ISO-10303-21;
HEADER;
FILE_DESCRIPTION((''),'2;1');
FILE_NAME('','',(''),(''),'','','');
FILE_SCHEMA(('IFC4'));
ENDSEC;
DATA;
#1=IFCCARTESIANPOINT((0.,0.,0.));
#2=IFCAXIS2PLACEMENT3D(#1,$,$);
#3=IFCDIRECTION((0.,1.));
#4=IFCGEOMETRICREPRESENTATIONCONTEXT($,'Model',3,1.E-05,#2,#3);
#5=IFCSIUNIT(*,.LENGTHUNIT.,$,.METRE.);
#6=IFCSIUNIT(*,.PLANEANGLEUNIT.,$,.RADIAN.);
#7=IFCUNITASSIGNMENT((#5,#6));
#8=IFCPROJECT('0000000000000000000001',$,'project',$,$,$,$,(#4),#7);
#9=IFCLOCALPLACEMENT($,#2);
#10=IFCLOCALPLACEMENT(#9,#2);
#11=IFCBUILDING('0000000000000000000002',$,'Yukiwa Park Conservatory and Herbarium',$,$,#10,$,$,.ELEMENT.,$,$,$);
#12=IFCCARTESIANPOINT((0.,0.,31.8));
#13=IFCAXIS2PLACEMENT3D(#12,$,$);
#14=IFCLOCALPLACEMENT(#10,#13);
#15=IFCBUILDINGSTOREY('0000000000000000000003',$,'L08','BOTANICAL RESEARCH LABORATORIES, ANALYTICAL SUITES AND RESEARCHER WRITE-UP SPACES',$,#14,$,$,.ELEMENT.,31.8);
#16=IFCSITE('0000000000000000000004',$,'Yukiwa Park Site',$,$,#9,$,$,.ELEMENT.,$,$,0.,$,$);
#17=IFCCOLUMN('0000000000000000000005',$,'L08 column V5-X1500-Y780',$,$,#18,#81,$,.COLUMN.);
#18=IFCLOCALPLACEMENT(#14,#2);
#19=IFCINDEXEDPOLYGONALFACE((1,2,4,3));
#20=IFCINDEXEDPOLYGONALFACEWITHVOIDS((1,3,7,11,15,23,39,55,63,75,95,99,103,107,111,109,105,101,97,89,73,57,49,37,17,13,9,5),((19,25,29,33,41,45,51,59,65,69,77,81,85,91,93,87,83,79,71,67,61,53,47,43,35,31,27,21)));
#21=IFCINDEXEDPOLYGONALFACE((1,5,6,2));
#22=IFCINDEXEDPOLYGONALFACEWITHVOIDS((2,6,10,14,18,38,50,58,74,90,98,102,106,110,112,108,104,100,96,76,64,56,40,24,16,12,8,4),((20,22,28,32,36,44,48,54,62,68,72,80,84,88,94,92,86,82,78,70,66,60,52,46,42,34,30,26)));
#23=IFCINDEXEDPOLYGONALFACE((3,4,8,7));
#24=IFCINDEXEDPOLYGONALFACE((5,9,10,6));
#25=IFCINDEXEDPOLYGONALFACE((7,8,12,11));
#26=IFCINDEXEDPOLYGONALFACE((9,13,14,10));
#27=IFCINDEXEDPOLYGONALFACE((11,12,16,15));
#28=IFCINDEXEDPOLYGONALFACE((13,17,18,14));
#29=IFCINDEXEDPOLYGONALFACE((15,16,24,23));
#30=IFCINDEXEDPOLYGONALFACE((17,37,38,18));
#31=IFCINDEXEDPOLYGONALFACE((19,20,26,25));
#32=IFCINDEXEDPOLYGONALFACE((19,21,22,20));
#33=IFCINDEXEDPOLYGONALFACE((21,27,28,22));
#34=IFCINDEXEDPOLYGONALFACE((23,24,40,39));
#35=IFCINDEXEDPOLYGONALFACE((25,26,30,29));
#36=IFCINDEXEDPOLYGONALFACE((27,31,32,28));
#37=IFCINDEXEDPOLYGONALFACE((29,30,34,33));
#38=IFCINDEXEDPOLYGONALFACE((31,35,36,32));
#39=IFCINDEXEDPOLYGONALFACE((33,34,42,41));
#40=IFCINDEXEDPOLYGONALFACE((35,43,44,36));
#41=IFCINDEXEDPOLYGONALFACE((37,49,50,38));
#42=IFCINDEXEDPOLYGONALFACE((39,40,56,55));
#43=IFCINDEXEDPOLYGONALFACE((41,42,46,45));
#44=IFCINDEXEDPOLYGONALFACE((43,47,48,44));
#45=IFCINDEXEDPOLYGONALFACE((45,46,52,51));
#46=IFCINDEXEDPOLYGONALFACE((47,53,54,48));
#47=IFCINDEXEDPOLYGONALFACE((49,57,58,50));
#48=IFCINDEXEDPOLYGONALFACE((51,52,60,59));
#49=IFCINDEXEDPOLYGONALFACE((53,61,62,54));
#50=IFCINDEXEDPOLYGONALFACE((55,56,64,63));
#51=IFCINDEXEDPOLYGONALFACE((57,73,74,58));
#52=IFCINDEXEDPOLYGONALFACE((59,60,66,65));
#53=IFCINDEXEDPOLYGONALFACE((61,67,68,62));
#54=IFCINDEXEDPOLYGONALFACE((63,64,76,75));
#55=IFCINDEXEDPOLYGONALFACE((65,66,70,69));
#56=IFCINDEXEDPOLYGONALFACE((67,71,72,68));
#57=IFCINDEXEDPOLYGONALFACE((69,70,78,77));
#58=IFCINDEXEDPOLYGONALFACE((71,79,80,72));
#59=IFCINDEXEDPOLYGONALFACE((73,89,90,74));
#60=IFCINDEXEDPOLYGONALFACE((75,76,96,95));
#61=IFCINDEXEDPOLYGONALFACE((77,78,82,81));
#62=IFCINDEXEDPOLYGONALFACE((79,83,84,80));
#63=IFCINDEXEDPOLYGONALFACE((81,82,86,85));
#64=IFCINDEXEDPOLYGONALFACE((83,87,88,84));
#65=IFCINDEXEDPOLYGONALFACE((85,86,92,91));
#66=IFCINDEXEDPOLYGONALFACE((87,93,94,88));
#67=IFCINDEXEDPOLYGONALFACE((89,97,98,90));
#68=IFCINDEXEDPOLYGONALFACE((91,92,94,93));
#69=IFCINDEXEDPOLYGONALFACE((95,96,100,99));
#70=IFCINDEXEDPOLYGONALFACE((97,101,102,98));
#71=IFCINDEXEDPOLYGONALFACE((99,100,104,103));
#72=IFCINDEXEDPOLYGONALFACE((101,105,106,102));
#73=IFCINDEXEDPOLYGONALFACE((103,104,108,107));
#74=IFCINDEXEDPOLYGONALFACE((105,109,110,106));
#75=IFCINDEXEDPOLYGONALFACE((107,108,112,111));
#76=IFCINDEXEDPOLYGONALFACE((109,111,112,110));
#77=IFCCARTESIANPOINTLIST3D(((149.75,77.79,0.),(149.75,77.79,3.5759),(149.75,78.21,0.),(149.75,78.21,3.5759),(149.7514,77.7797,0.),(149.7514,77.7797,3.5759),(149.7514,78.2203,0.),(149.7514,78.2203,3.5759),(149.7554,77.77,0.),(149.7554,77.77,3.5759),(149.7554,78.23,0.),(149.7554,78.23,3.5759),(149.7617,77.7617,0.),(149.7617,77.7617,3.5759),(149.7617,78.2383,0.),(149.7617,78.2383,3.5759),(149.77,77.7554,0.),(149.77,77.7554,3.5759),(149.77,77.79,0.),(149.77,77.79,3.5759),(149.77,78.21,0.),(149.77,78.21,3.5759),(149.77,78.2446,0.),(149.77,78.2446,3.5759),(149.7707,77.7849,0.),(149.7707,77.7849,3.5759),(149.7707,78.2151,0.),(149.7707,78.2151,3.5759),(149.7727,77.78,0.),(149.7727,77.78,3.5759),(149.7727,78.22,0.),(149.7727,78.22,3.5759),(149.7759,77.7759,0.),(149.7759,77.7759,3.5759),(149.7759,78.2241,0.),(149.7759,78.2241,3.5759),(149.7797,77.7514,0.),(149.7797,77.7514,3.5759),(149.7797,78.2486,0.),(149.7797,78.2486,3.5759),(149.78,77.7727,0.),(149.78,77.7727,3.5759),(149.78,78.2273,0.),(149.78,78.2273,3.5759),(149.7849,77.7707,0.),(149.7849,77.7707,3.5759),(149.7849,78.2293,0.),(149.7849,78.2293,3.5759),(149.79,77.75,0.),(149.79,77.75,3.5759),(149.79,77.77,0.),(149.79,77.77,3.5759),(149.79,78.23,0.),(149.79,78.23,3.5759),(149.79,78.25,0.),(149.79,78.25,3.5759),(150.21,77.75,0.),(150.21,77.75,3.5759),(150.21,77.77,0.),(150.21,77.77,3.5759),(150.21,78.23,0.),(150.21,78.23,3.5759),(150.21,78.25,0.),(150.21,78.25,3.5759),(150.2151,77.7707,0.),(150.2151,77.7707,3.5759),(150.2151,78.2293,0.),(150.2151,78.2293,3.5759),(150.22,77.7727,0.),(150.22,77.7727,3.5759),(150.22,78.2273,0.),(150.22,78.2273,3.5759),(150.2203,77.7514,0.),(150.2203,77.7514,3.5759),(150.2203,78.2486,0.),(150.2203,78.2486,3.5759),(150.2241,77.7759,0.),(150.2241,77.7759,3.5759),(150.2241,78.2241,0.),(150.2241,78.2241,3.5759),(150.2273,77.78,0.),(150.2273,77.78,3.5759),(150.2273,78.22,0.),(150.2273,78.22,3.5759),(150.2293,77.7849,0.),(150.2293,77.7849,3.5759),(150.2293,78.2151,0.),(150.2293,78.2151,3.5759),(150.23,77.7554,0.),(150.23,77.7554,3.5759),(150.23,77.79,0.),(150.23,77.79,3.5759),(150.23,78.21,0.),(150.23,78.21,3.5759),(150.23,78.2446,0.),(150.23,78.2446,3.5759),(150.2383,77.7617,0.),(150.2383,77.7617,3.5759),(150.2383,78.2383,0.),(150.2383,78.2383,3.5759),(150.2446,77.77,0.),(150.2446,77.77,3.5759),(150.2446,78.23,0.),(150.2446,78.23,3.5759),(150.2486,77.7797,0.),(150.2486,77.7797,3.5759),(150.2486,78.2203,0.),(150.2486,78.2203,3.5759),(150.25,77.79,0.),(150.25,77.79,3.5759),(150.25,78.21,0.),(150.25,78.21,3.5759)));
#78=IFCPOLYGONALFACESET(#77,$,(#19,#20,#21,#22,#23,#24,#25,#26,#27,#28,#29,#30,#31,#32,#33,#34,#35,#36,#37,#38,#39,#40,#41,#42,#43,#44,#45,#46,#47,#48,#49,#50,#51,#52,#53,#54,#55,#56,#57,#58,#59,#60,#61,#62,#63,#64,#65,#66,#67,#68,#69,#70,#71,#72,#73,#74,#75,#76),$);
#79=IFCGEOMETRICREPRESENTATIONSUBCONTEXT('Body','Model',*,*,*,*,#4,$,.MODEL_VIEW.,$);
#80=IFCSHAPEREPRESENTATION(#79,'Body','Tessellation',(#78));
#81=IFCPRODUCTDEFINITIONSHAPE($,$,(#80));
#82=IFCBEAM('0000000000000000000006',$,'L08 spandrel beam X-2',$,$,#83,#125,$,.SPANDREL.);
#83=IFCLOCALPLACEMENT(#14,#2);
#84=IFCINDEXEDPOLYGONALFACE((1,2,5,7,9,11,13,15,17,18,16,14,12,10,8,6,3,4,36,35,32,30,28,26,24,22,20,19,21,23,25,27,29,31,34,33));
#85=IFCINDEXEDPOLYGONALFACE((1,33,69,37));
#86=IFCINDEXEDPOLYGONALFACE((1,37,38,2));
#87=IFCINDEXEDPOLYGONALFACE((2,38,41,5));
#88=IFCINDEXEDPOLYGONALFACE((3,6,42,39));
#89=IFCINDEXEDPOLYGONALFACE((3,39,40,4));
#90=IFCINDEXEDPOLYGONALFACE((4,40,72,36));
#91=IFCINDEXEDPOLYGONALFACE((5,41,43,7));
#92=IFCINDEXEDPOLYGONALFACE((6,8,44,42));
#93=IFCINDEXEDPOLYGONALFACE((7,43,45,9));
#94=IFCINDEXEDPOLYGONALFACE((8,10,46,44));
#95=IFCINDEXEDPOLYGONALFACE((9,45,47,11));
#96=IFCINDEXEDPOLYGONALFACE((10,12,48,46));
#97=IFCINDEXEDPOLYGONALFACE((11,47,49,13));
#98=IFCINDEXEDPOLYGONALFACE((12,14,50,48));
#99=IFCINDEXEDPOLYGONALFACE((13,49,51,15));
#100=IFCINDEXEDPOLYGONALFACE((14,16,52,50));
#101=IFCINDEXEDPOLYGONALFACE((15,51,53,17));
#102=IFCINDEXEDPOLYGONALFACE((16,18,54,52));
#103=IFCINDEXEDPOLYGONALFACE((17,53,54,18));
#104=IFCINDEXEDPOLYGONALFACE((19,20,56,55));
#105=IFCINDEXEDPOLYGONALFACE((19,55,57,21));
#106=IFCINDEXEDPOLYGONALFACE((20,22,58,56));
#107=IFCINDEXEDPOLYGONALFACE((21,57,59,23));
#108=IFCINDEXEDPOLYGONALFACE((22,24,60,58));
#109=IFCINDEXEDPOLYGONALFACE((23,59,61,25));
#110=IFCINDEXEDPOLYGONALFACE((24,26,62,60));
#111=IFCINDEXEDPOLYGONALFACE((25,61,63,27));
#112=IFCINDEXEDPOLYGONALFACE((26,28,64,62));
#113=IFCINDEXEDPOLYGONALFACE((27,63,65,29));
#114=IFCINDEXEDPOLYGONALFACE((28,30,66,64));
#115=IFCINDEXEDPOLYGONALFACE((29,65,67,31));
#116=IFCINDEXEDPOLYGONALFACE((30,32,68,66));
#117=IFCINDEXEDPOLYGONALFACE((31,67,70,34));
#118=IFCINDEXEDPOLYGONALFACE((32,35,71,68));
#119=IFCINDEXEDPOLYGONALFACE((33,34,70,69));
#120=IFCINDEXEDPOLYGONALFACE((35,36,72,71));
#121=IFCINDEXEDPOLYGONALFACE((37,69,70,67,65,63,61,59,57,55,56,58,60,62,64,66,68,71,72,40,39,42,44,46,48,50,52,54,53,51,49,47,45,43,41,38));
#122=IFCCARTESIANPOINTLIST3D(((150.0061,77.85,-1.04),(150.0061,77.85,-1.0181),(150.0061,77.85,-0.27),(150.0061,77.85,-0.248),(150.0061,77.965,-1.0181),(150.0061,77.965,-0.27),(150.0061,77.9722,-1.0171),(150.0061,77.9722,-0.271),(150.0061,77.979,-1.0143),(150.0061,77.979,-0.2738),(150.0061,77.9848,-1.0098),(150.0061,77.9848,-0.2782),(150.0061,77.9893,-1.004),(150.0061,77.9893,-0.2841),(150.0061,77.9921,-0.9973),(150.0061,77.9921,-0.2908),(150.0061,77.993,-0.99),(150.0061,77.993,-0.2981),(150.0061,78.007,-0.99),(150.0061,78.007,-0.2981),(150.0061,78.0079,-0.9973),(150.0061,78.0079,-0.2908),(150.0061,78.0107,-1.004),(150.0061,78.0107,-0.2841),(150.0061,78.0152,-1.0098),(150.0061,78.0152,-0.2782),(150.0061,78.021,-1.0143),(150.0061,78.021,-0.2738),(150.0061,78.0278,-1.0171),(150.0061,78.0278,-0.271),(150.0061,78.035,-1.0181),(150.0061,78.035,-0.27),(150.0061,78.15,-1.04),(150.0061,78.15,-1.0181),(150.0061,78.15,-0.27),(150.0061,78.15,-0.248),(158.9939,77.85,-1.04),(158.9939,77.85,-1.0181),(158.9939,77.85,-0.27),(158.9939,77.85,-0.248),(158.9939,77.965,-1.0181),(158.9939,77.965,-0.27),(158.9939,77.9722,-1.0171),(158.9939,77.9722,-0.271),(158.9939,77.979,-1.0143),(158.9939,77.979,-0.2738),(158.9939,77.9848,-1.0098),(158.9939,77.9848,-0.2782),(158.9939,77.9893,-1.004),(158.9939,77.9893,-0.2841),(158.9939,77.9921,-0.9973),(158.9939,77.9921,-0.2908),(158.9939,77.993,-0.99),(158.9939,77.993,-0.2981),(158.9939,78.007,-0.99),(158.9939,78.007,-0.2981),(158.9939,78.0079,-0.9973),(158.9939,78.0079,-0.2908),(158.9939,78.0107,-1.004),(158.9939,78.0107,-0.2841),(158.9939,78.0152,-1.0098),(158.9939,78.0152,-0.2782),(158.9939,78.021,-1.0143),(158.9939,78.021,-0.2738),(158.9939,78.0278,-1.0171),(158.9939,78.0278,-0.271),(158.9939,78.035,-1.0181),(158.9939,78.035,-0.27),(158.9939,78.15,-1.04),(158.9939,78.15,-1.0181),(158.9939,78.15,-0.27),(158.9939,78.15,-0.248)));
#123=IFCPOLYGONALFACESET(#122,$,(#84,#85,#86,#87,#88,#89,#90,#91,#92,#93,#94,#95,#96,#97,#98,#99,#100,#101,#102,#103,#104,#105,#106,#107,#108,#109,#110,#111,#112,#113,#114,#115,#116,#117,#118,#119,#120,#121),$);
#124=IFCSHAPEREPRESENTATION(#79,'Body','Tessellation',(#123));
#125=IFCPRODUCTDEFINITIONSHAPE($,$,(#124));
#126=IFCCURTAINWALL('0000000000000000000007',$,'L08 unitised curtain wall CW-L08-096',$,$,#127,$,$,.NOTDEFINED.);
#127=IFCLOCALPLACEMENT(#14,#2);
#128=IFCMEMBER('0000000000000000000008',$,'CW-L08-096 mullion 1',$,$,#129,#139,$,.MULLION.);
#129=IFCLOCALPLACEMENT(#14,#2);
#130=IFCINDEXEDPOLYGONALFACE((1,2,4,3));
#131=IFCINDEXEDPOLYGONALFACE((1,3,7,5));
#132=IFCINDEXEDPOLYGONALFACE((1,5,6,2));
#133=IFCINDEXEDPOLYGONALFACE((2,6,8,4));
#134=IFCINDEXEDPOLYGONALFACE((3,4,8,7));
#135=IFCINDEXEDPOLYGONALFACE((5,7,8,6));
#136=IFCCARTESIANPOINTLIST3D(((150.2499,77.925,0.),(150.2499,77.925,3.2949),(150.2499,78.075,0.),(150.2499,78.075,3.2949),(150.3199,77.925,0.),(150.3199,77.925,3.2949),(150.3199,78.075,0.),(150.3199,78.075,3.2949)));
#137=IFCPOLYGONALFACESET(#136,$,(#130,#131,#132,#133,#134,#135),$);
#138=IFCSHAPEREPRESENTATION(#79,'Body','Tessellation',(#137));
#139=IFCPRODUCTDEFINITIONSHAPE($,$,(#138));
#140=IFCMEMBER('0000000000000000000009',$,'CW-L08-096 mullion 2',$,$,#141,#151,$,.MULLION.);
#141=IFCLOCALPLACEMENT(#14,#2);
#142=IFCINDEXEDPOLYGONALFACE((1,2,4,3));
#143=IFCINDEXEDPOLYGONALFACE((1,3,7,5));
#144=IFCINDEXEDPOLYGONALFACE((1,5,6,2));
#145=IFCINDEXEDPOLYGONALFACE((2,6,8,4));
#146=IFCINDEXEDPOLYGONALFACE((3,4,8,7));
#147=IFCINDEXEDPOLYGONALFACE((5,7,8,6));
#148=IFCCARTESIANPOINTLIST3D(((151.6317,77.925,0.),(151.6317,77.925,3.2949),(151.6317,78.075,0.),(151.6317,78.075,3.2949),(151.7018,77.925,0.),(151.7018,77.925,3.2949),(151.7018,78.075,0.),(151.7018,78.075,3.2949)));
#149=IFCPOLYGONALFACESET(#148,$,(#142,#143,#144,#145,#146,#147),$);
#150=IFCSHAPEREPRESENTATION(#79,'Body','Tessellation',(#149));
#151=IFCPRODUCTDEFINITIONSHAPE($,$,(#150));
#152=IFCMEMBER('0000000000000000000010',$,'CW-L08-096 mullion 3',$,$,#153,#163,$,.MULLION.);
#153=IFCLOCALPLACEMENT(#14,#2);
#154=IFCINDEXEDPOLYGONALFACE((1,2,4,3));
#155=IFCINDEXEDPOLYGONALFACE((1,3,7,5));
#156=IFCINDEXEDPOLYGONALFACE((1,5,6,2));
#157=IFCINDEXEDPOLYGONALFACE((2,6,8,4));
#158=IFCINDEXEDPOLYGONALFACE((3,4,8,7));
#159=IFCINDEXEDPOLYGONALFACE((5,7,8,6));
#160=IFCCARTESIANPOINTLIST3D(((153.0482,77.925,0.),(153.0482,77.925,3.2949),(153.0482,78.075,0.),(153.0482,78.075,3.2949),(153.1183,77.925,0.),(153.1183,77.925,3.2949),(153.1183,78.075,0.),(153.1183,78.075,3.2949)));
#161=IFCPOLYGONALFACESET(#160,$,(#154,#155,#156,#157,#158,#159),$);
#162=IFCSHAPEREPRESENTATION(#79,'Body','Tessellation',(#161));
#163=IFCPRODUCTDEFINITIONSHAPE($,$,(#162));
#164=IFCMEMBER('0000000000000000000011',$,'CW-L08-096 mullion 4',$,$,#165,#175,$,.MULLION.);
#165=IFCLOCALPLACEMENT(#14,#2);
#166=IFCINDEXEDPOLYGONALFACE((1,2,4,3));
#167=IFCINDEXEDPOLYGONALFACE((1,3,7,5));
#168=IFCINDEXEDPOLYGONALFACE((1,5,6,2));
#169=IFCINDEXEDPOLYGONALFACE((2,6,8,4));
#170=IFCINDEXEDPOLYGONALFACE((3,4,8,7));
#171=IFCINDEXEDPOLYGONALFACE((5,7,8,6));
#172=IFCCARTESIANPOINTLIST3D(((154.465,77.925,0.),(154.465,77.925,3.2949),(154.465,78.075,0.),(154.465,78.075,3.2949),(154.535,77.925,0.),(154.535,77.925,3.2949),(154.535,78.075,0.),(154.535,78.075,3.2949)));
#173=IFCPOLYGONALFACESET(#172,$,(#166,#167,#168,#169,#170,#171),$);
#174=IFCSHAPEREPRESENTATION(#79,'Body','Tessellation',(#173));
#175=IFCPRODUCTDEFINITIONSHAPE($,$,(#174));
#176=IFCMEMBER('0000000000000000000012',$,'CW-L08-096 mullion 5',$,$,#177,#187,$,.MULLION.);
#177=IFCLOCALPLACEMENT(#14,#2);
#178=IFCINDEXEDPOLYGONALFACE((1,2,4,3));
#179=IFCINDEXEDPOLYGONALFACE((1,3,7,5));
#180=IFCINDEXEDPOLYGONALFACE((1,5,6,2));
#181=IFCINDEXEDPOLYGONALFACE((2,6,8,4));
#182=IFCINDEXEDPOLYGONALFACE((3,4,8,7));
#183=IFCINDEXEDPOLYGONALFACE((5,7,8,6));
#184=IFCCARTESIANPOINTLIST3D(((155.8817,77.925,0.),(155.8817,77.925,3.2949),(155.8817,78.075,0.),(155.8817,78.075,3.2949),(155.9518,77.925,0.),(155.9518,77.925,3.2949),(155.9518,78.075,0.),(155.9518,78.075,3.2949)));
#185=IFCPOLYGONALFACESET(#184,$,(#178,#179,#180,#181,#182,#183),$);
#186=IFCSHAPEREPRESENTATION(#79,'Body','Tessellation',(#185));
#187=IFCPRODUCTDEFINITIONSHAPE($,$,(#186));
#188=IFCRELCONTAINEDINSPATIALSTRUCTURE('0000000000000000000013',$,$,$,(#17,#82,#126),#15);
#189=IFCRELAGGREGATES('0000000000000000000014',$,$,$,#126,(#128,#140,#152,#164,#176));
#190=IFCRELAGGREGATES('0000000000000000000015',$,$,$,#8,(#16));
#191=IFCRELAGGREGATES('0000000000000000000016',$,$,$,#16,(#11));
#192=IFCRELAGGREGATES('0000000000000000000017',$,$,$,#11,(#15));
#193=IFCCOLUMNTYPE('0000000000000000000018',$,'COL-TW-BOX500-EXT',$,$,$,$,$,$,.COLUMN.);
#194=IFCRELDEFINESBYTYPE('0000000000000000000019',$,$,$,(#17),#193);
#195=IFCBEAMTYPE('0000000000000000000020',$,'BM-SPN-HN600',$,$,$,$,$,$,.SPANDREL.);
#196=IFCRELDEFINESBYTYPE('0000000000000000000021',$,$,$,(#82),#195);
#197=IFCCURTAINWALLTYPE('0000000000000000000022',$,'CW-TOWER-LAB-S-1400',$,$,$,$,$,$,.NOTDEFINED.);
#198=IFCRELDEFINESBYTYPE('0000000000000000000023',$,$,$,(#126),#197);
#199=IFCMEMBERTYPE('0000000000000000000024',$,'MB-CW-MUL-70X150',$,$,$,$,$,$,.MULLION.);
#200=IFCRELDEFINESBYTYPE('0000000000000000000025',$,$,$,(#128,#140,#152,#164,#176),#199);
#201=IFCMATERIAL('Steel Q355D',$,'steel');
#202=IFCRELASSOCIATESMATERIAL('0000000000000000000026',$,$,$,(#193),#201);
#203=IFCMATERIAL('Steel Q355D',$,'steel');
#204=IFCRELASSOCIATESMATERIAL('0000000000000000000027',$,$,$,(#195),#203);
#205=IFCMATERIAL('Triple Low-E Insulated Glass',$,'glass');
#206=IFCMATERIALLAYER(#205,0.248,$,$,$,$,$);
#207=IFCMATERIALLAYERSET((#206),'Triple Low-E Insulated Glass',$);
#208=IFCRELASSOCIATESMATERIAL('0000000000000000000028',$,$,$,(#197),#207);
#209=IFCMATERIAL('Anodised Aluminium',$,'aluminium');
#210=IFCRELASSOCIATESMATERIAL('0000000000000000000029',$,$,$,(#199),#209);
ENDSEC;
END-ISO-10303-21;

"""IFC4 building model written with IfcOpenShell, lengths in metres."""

from ifc_helpers import new_model, si_unit, direction, frame, origin, origin_2d, place, context, subcontext, project, spatial, rectangle, hollow_rectangle, i_section, extrude, material, layer, layer_set, material_profile, profile_set, type_object, element, aggregate, save


model = new_model("IFC4")

# Units and contexts
model_context = context("Model", 3, precision=1e-05, world=origin(), true_north=direction((0.0, 1.0)))
body_context = subcontext(model_context, "Body", "Model", "MODEL_VIEW")
ifc_project = project(units=[si_unit("LENGTHUNIT", "METRE"), si_unit("PLANEANGLEUNIT", "RADIAN")], contexts=[model_context])

# Site, building, storey
site_placement = place(None, origin())
site = spatial("IfcSite", under=ifc_project, at=site_placement, Name="Yukiwa Park Site", CompositionType="ELEMENT", RefElevation=0.0)
building_placement = place(site_placement, origin())
building = spatial("IfcBuilding", under=site, at=building_placement, Name="Yukiwa Park Conservatory and Herbarium", CompositionType="ELEMENT")
storey_placement = place(building_placement, frame((0.0, 0.0, 31.8)))
storey = spatial("IfcBuildingStorey", under=building, at=storey_placement, Name="L08", Description="BOTANICAL RESEARCH LABORATORIES, ANALYTICAL SUITES AND RESEARCHER WRITE-UP SPACES", CompositionType="ELEMENT", Elevation=31.8)

# Column
ifc_material_1 = material(Name="Steel Q355D", Category="steel")
ifc_material_profile_1 = material_profile(ifc_material_1, hollow_rectangle(XDim=0.5, YDim=0.5, WallThickness=0.02, InnerFilletRadius=0.02, OuterFilletRadius=0.04, at=origin_2d()), Name="BOX 500x500x20")
ifc_profile_set_1 = profile_set([ifc_material_profile_1], Name="Steel Q355D")
column_type = type_object("IfcColumnType", Name="COL-TW-BOX500-EXT", PredefinedType="COLUMN", material=ifc_profile_set_1)
column_placement = place(storey_placement, frame((150.0, 78.0, 0.0), z_axis=(0.0, 0.0, 1.0), x_axis=(1.0, 0.0, 0.0)))
element("IfcColumn", 1, at=column_placement, inside=storey, type_object=column_type, Name="L08 column V5-X1500-Y780", PredefinedType="COLUMN", context=body_context, shape_type="SweptSolid", body=[
    extrude(hollow_rectangle(XDim=0.5, YDim=0.5, WallThickness=0.02, InnerFilletRadius=0.02, OuterFilletRadius=0.04, at=origin_2d()), origin(), (0.0, 0.0, 1.0), 3.5759),
])

# Beam
ifc_material_2 = material(Name="Steel Q355D", Category="steel")
ifc_material_profile_2 = material_profile(ifc_material_2, i_section(OverallWidth=0.3, OverallDepth=0.792, WebThickness=0.0139, FlangeThickness=0.022, FilletRadius=0.0281, at=origin_2d()), Name="HN 792x300x14x22")
ifc_profile_set_2 = profile_set([ifc_material_profile_2], Name="Steel Q355D")
beam_type = type_object("IfcBeamType", Name="BM-SPN-HN600", PredefinedType="SPANDREL", material=ifc_profile_set_2)
beam_placement = place(storey_placement, frame((150.0061, 78.0, -0.644), z_axis=(1.0, 0.0, 0.0), x_axis=(0.0, 1.0, 0.0)))
element("IfcBeam", 2, at=beam_placement, inside=storey, type_object=beam_type, Name="L08 spandrel beam X-2", PredefinedType="SPANDREL", context=body_context, shape_type="SweptSolid", body=[
    extrude(i_section(OverallWidth=0.3, OverallDepth=0.792, WebThickness=0.0139, FlangeThickness=0.022, FilletRadius=0.0281, at=origin_2d()), origin(), (0.0, 0.0, 1.0), 8.9878),
])

# Curtain wall, members
ifc_material_3 = material(Name="Triple Low-E Insulated Glass", Category="glass")
ifc_layer_1 = layer(ifc_material_3, 0.248)
ifc_layer_set_1 = layer_set([ifc_layer_1], Name="Triple Low-E Insulated Glass")
curtain_wall_type = type_object("IfcCurtainWallType", Name="CW-TOWER-LAB-S-1400", PredefinedType="NOTDEFINED", material=ifc_layer_set_1)
curtain_wall_placement = place(storey_placement, origin())
curtain_wall = element("IfcCurtainWall", 3, at=curtain_wall_placement, inside=storey, type_object=curtain_wall_type, Name="L08 unitised curtain wall CW-L08-096", PredefinedType="NOTDEFINED")
ifc_material_4 = material(Name="Anodised Aluminium", Category="aluminium")
member_type_1 = type_object("IfcMemberType", Name="MB-CW-MUL-70X150", PredefinedType="MULLION", material=ifc_material_4)
member_1_placement = place(storey_placement, frame((150.2849, 78.0, 0.0), z_axis=(0.0, 0.0, 1.0), x_axis=(1.0, 0.0, 0.0)))
member_1 = element("IfcMember", 4, at=member_1_placement, type_object=member_type_1, Name="CW-L08-096 mullion 1", PredefinedType="MULLION", context=body_context, shape_type="SweptSolid", body=[
    extrude(rectangle(XDim=0.0701, YDim=0.1499, at=origin_2d()), origin(), (0.0, 0.0, 1.0), 3.2949),
])
member_2_placement = place(storey_placement, frame((151.6667, 78.0, 0.0), z_axis=(0.0, 0.0, 1.0), x_axis=(1.0, 0.0, 0.0)))
member_2 = element("IfcMember", 5, at=member_2_placement, type_object=member_type_1, Name="CW-L08-096 mullion 2", PredefinedType="MULLION", context=body_context, shape_type="SweptSolid", body=[
    extrude(rectangle(XDim=0.0701, YDim=0.1499, at=origin_2d()), origin(), (0.0, 0.0, 1.0), 3.2949),
])
member_3_placement = place(storey_placement, frame((153.0833, 78.0, 0.0), z_axis=(0.0, 0.0, 1.0), x_axis=(1.0, 0.0, 0.0)))
member_3 = element("IfcMember", 6, at=member_3_placement, type_object=member_type_1, Name="CW-L08-096 mullion 3", PredefinedType="MULLION", context=body_context, shape_type="SweptSolid", body=[
    extrude(rectangle(XDim=0.0701, YDim=0.1499, at=origin_2d()), origin(), (0.0, 0.0, 1.0), 3.2949),
])
member_4_placement = place(storey_placement, frame((154.5, 78.0, 0.0), z_axis=(0.0, 0.0, 1.0), x_axis=(1.0, 0.0, 0.0)))
member_4 = element("IfcMember", 7, at=member_4_placement, type_object=member_type_1, Name="CW-L08-096 mullion 4", PredefinedType="MULLION", context=body_context, shape_type="SweptSolid", body=[
    extrude(rectangle(XDim=0.0701, YDim=0.1499, at=origin_2d()), origin(), (0.0, 0.0, 1.0), 3.2949),
])
member_5_placement = place(storey_placement, frame((155.9167, 78.0, 0.0), z_axis=(0.0, 0.0, 1.0), x_axis=(1.0, 0.0, 0.0)))
member_5 = element("IfcMember", 8, at=member_5_placement, type_object=member_type_1, Name="CW-L08-096 mullion 5", PredefinedType="MULLION", context=body_context, shape_type="SweptSolid", body=[
    extrude(rectangle(XDim=0.0701, YDim=0.1499, at=origin_2d()), origin(), (0.0, 0.0, 1.0), 3.2949),
])

aggregate(curtain_wall, [member_1, member_2, member_3, member_4, member_5])

save(model, "model.ifc")
